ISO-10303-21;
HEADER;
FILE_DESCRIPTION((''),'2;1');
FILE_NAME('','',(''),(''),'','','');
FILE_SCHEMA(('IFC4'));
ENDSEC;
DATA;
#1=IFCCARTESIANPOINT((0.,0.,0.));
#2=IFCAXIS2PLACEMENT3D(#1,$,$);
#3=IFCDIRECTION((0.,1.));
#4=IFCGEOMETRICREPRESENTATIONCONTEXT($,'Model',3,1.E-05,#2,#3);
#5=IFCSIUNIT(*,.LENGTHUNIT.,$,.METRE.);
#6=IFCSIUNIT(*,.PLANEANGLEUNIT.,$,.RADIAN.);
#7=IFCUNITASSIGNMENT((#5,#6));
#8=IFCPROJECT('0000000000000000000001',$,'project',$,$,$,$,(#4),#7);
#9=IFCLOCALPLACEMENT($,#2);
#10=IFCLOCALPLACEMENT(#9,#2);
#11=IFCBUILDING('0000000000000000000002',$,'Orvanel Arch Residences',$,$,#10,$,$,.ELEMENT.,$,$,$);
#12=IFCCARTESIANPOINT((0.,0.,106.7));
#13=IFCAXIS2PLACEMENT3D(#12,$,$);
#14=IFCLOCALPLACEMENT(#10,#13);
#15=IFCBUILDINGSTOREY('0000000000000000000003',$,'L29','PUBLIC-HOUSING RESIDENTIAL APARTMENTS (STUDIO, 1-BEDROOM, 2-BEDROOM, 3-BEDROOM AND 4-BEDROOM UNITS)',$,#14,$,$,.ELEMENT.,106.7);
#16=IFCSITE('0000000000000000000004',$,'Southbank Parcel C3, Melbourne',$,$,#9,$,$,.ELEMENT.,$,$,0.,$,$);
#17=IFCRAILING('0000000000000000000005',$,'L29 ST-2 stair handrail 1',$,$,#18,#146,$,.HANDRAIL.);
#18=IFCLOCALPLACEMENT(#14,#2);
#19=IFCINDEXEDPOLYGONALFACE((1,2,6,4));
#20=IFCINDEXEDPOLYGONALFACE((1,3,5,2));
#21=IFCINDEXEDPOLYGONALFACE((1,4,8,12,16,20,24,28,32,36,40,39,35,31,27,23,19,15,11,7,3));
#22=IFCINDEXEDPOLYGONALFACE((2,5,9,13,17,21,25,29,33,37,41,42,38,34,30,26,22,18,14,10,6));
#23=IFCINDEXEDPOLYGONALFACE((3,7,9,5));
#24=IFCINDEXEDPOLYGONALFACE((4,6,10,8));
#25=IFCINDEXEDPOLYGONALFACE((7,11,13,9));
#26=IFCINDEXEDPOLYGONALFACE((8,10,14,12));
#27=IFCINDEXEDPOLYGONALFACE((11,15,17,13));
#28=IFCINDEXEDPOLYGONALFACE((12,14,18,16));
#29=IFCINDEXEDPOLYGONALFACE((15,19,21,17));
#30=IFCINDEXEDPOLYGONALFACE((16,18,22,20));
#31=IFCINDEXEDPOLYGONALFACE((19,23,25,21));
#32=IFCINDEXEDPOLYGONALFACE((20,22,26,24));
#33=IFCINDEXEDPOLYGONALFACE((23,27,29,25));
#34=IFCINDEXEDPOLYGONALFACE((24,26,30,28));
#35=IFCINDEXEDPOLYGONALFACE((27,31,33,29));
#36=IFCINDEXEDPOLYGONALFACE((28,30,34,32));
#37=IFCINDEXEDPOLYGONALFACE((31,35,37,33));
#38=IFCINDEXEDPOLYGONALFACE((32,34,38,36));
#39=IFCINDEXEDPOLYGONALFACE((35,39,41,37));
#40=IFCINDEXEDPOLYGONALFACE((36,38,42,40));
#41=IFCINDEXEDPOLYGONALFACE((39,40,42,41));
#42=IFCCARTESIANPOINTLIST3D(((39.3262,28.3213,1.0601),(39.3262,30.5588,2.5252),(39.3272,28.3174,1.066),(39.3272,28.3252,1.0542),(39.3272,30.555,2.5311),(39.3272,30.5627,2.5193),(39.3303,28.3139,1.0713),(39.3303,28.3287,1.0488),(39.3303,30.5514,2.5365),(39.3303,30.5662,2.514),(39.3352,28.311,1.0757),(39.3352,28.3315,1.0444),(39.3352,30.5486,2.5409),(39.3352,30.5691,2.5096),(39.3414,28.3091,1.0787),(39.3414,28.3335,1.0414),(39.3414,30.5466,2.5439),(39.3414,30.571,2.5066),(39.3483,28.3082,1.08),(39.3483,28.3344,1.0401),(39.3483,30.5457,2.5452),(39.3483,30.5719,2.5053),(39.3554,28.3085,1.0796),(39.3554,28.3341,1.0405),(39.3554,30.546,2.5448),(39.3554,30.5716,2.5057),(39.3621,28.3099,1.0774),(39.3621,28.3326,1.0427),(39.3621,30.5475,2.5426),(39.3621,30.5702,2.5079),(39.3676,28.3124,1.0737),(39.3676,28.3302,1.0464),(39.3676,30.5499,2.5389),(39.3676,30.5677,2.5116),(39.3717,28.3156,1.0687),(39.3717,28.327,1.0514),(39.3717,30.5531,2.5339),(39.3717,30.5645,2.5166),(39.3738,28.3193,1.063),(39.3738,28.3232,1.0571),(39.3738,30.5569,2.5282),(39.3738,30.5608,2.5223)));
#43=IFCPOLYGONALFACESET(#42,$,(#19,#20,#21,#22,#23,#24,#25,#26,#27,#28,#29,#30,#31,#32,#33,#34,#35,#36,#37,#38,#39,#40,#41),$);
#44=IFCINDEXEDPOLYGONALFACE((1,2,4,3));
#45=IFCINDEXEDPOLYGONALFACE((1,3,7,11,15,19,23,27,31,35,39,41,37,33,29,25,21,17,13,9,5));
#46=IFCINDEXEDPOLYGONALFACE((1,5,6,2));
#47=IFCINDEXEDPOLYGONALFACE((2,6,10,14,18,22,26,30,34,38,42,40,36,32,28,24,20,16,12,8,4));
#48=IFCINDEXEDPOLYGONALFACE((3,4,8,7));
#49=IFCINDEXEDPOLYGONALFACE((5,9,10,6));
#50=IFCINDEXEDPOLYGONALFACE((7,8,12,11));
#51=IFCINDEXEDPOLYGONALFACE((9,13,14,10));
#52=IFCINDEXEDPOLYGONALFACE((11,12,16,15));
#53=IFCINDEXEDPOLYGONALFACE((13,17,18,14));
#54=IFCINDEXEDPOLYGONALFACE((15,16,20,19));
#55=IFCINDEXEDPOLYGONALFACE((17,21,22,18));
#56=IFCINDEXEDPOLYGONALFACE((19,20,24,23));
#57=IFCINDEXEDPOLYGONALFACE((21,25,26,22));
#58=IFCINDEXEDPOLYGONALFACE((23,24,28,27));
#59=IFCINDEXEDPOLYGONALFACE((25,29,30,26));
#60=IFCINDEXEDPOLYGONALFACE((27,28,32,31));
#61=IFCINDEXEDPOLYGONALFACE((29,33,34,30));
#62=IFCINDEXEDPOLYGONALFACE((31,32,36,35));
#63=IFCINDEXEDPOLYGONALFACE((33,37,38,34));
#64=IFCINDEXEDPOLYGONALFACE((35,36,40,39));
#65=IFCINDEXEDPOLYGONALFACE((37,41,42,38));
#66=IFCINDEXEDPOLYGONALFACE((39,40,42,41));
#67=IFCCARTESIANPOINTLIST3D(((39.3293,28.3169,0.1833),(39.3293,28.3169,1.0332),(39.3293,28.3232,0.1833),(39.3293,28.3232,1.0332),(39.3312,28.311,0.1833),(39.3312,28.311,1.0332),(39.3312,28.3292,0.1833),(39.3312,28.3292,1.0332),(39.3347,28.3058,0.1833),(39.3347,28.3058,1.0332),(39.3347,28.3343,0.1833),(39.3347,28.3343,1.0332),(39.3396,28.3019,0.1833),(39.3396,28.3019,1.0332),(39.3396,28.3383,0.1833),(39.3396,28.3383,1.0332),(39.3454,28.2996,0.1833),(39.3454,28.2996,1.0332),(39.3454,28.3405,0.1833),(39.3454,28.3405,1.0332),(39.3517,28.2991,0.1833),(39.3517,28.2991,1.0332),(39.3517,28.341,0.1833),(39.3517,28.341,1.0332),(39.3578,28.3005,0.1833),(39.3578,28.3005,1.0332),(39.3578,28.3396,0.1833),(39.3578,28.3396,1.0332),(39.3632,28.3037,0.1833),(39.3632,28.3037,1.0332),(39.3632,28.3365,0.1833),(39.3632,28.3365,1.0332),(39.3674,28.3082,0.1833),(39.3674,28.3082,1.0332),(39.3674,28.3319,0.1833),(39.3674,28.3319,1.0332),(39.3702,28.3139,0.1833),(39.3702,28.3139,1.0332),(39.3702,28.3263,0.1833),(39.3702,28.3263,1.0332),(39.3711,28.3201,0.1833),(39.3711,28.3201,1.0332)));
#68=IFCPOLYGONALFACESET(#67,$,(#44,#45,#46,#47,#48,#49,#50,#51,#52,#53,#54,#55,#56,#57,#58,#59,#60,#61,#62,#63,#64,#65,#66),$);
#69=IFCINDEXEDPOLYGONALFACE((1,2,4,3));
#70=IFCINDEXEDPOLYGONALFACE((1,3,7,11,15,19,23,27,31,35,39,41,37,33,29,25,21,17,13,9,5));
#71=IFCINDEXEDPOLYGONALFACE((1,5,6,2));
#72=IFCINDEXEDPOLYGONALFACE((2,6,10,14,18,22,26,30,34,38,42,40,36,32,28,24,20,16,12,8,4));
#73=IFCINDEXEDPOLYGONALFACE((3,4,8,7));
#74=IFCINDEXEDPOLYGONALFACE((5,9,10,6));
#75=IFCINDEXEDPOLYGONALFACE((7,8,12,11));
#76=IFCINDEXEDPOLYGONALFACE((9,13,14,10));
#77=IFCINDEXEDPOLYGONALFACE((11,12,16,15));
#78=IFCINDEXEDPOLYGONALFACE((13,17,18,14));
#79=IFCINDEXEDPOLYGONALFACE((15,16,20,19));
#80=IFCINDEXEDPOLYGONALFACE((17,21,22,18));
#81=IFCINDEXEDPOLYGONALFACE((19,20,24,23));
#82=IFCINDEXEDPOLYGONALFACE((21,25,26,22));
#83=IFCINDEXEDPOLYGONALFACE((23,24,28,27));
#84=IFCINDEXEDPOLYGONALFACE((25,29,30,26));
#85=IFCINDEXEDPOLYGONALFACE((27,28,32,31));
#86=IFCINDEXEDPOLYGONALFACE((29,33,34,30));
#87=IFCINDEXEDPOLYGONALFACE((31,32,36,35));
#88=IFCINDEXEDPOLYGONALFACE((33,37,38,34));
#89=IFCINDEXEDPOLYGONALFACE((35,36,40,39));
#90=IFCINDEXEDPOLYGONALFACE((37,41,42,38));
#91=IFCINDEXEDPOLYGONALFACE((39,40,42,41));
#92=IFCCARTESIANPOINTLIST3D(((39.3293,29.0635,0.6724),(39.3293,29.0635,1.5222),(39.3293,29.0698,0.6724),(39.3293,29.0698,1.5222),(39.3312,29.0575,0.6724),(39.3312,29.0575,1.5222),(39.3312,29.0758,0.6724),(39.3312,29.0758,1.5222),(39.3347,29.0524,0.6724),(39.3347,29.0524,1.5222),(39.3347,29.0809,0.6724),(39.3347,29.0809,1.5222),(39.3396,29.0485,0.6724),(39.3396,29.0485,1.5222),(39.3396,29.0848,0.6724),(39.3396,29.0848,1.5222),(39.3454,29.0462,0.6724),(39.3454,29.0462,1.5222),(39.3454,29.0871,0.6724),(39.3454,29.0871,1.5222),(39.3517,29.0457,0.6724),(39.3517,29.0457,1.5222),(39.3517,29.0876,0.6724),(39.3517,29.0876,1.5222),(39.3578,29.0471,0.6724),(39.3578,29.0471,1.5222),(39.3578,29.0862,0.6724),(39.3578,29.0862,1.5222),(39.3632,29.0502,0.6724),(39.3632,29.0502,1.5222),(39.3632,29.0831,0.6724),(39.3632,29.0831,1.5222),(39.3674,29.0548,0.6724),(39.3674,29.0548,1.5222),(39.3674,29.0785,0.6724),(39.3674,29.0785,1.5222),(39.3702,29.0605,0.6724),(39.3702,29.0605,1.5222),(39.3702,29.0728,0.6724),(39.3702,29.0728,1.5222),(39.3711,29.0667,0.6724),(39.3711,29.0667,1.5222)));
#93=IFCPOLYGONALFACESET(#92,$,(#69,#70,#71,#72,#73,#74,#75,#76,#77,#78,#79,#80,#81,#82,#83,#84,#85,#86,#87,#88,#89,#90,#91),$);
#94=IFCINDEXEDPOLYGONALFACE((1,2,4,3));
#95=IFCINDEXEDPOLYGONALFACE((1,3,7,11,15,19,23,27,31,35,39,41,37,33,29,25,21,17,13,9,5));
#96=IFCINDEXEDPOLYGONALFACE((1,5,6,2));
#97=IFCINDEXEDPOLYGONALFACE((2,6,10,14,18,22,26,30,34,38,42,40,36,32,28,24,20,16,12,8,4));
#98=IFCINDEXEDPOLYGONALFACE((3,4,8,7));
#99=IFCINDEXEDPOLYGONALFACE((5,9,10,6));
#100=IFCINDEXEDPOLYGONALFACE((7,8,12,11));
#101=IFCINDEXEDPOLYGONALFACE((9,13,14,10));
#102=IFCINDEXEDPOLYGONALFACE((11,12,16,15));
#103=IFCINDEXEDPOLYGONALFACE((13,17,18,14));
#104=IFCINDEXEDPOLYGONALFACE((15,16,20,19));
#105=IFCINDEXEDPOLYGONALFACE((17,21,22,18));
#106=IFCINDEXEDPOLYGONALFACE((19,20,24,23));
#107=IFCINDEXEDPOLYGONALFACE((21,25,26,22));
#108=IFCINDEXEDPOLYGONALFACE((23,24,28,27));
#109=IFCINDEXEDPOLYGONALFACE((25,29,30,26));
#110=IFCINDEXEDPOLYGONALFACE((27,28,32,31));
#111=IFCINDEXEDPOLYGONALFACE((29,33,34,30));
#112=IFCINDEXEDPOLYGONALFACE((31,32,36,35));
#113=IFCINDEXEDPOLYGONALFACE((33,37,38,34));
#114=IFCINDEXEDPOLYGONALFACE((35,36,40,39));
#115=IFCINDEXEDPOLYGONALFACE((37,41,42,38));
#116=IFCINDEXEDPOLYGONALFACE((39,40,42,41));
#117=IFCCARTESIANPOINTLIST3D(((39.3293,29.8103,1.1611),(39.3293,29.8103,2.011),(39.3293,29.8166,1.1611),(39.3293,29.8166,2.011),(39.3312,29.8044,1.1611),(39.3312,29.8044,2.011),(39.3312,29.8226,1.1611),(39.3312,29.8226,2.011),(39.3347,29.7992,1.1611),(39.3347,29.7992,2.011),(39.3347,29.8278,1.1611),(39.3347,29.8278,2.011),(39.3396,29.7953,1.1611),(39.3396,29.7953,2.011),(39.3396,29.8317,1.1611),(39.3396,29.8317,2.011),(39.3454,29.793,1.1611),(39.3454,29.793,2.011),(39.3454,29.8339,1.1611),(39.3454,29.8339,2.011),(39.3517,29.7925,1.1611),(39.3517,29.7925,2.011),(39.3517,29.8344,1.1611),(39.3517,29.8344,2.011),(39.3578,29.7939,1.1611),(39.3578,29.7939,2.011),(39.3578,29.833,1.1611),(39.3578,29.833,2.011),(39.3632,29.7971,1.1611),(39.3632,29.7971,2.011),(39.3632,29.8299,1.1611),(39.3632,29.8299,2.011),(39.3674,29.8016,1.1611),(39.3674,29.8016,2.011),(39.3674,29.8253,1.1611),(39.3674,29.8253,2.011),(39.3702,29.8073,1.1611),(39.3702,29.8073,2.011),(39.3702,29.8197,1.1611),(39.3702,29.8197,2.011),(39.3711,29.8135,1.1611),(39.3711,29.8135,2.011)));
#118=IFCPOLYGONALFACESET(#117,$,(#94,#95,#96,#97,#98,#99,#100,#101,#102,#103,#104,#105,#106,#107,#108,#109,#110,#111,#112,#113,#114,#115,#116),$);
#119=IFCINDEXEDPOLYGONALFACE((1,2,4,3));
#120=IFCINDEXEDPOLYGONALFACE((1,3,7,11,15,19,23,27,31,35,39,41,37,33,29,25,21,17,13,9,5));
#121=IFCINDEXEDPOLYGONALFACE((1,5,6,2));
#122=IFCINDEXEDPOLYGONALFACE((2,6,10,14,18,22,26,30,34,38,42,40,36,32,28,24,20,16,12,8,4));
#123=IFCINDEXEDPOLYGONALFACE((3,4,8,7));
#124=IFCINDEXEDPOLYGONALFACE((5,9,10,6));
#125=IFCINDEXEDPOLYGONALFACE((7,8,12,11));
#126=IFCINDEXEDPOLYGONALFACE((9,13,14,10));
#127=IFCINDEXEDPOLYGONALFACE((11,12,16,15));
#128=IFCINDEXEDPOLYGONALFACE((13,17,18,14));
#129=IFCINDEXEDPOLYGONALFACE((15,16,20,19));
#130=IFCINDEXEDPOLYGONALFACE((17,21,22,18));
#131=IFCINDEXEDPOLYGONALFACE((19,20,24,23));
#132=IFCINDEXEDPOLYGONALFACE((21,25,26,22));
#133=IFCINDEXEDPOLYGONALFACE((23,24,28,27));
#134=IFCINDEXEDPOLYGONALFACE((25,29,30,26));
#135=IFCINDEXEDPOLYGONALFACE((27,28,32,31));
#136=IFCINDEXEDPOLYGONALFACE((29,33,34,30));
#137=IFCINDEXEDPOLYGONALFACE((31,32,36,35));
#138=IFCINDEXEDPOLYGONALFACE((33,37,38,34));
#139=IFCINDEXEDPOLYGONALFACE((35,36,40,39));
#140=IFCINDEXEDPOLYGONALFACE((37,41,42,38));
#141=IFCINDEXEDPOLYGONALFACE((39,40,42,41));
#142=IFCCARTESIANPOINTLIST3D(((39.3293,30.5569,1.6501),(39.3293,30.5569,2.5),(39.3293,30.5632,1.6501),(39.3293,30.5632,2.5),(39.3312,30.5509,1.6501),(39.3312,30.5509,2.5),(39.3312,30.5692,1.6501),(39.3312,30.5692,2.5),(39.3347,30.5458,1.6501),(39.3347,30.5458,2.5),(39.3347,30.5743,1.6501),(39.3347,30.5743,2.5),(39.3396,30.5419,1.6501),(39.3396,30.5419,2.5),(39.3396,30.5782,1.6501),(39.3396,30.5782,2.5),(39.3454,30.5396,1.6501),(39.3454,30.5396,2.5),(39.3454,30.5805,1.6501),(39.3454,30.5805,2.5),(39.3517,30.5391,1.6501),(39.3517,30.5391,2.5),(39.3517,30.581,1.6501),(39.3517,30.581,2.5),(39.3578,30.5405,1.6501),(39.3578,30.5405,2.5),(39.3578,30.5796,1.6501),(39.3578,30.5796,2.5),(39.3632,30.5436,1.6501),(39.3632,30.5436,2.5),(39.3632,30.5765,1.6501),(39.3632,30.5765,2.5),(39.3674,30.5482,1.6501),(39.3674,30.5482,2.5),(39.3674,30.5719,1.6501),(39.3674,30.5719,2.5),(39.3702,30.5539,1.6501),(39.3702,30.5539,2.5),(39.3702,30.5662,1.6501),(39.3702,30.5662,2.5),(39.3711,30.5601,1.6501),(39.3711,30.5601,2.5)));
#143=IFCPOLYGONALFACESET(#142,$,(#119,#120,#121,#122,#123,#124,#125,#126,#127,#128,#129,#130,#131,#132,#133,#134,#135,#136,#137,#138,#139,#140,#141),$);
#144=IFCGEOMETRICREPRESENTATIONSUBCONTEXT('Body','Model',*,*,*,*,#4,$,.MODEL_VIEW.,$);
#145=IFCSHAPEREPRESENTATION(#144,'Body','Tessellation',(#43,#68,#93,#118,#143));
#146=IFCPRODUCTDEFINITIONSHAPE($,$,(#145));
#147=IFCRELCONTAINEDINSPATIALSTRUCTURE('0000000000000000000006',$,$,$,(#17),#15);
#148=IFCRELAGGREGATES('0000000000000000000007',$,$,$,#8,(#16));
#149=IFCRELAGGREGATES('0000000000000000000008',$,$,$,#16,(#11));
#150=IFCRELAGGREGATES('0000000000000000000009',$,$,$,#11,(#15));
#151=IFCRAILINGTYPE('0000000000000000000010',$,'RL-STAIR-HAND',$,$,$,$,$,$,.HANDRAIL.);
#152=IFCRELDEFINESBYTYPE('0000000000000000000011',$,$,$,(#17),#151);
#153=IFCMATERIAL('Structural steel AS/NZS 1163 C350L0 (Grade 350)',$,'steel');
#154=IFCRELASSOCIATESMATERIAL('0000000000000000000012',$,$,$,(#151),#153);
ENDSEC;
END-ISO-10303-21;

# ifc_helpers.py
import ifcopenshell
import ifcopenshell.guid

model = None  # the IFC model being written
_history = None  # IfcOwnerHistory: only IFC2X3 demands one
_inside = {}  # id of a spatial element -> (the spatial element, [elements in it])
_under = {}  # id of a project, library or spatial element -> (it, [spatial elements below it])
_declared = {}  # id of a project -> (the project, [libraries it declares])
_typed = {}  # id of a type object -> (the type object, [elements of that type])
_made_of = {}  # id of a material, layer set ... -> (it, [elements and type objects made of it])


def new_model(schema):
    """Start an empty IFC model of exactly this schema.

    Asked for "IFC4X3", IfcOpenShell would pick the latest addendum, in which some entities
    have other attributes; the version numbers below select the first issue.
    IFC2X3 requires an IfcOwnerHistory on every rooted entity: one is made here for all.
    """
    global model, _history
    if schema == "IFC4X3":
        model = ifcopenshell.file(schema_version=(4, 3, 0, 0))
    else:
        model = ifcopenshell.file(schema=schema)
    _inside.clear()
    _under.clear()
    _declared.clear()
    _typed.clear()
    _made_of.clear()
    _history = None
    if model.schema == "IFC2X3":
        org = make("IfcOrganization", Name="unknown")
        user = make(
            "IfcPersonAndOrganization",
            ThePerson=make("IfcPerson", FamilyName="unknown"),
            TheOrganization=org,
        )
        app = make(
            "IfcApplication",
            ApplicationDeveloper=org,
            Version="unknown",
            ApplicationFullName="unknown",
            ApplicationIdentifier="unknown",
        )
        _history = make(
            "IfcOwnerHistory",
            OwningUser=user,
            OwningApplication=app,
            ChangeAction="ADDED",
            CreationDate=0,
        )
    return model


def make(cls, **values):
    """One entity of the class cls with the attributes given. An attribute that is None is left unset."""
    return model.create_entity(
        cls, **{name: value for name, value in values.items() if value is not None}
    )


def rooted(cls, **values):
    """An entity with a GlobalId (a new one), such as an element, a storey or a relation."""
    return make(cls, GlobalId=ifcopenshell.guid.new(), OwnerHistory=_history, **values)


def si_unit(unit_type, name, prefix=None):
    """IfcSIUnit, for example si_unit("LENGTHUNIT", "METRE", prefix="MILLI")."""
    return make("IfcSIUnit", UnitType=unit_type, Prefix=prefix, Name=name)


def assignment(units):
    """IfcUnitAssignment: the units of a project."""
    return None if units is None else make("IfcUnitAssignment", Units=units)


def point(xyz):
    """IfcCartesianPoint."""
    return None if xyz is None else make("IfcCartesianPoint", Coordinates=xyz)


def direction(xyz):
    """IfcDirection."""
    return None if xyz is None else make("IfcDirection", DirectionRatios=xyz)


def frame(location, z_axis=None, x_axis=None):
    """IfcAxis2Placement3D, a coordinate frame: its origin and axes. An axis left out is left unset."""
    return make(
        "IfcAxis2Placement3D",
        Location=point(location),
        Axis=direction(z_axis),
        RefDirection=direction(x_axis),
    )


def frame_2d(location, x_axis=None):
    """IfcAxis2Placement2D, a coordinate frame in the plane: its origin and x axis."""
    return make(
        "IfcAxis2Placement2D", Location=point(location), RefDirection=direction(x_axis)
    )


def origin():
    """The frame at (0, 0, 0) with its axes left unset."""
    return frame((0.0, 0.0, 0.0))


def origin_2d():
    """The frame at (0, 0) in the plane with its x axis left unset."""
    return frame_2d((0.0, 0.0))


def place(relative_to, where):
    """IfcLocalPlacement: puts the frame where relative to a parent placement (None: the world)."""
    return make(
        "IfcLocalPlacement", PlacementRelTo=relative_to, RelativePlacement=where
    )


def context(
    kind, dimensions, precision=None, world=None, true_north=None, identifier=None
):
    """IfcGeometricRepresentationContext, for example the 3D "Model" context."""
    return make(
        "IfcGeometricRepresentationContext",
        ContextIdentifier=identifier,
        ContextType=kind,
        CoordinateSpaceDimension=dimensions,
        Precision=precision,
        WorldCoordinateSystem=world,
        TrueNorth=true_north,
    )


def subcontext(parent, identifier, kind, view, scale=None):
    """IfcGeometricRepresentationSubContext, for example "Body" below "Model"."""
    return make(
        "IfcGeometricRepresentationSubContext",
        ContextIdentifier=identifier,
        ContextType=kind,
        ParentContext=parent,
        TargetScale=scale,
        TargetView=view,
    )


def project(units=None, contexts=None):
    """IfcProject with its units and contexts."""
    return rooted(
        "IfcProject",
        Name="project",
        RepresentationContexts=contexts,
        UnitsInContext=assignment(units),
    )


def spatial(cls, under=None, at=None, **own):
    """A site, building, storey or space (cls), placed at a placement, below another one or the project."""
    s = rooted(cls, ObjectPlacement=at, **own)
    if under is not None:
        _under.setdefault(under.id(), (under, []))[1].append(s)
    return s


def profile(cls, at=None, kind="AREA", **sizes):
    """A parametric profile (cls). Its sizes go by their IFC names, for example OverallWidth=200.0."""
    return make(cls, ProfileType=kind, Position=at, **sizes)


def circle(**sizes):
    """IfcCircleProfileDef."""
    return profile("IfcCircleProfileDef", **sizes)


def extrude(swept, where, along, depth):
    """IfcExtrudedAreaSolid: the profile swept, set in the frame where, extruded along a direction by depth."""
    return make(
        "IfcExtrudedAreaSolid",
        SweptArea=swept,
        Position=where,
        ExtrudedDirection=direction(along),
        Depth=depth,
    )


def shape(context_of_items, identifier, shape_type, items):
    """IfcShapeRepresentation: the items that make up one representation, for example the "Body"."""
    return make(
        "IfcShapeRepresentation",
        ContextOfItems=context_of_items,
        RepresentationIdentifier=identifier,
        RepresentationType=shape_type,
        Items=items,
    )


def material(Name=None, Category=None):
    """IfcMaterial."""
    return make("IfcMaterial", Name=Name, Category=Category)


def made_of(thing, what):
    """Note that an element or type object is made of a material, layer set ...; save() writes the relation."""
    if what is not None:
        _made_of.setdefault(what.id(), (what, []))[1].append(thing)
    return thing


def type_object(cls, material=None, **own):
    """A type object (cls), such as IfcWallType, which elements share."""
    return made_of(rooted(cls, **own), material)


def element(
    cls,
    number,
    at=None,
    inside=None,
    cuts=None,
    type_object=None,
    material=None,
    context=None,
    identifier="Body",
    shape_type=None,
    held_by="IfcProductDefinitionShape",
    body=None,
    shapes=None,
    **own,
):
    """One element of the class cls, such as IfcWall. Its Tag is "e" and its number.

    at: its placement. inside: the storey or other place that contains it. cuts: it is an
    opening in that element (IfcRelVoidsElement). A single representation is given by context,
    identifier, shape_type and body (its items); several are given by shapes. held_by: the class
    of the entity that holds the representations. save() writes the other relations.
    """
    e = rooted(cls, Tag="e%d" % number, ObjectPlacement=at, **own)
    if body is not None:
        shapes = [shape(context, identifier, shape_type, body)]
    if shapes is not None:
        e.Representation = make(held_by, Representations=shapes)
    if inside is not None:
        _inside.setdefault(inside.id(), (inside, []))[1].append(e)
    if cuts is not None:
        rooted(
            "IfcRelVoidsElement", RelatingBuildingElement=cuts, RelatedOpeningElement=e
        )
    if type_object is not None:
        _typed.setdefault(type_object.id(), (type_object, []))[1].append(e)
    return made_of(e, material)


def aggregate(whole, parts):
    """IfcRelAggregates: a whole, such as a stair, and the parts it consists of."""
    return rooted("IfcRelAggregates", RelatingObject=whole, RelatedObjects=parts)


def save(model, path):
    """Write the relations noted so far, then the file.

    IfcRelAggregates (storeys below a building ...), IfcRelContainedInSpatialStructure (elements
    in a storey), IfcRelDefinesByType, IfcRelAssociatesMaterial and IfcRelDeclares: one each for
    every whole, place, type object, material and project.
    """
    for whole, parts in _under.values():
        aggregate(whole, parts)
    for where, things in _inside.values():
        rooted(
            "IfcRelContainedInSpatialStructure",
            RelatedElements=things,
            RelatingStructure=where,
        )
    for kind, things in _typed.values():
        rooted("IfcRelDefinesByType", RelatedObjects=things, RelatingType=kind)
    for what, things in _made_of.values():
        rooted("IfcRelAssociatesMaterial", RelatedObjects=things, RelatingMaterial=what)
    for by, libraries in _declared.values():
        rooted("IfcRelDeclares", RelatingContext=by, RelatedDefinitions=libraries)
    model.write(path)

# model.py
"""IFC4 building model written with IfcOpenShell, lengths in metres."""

from ifc_helpers import new_model, si_unit, direction, frame, origin, origin_2d, place, context, subcontext, project, spatial, circle, extrude, material, type_object, element, save


model = new_model("IFC4")

# Units and contexts
model_context = context("Model", 3, precision=1e-05, world=origin(), true_north=direction((0.0, 1.0)))
body_context = subcontext(model_context, "Body", "Model", "MODEL_VIEW")
ifc_project = project(units=[si_unit("LENGTHUNIT", "METRE"), si_unit("PLANEANGLEUNIT", "RADIAN")], contexts=[model_context])

# Site, building, storey
site_placement = place(None, origin())
site = spatial("IfcSite", under=ifc_project, at=site_placement, Name="Southbank Parcel C3, Melbourne", CompositionType="ELEMENT", RefElevation=0.0)
building_placement = place(site_placement, origin())
building = spatial("IfcBuilding", under=site, at=building_placement, Name="Orvanel Arch Residences", CompositionType="ELEMENT")
storey_placement = place(building_placement, frame((0.0, 0.0, 106.7)))
storey = spatial("IfcBuildingStorey", under=building, at=storey_placement, Name="L29", Description="PUBLIC-HOUSING RESIDENTIAL APARTMENTS (STUDIO, 1-BEDROOM, 2-BEDROOM, 3-BEDROOM AND 4-BEDROOM UNITS)", CompositionType="ELEMENT", Elevation=106.7)

# Railing
ifc_material_1 = material(Name="Structural steel AS/NZS 1163 C350L0 (Grade 350)", Category="steel")
railing_type_1 = type_object("IfcRailingType", Name="RL-STAIR-HAND", PredefinedType="HANDRAIL", material=ifc_material_1)
railing_1_placement = place(storey_placement, frame((39.3501, 28.3201, 0.1833)))
element("IfcRailing", 1, at=railing_1_placement, inside=storey, type_object=railing_type_1, Name="L29 ST-2 stair handrail 1", PredefinedType="HANDRAIL", context=body_context, shape_type="SweptSolid", body=[
    extrude(circle(Radius=0.0239, at=origin_2d()), frame((0.0, 0.0012, 0.8767), z_axis=(0.0, 0.836595, 0.547822), x_axis=(-1.0, 0.0, 0.0)), (0.0, 0.0, 1.0), 2.6746),
    extrude(circle(Radius=0.021, at=origin_2d()), origin(), (0.0, 0.0, 1.0), 0.8499),
    extrude(circle(Radius=0.021, at=origin_2d()), frame((0.0, 0.7466, 0.489)), (0.0, 0.0, 1.0), 0.8499),
    extrude(circle(Radius=0.021, at=origin_2d()), frame((0.0, 1.4934, 0.9778)), (0.0, 0.0, 1.0), 0.8499),
    extrude(circle(Radius=0.021, at=origin_2d()), frame((0.0, 2.24, 1.4668)), (0.0, 0.0, 1.0), 0.8499),
])

save(model, "model.ifc")
